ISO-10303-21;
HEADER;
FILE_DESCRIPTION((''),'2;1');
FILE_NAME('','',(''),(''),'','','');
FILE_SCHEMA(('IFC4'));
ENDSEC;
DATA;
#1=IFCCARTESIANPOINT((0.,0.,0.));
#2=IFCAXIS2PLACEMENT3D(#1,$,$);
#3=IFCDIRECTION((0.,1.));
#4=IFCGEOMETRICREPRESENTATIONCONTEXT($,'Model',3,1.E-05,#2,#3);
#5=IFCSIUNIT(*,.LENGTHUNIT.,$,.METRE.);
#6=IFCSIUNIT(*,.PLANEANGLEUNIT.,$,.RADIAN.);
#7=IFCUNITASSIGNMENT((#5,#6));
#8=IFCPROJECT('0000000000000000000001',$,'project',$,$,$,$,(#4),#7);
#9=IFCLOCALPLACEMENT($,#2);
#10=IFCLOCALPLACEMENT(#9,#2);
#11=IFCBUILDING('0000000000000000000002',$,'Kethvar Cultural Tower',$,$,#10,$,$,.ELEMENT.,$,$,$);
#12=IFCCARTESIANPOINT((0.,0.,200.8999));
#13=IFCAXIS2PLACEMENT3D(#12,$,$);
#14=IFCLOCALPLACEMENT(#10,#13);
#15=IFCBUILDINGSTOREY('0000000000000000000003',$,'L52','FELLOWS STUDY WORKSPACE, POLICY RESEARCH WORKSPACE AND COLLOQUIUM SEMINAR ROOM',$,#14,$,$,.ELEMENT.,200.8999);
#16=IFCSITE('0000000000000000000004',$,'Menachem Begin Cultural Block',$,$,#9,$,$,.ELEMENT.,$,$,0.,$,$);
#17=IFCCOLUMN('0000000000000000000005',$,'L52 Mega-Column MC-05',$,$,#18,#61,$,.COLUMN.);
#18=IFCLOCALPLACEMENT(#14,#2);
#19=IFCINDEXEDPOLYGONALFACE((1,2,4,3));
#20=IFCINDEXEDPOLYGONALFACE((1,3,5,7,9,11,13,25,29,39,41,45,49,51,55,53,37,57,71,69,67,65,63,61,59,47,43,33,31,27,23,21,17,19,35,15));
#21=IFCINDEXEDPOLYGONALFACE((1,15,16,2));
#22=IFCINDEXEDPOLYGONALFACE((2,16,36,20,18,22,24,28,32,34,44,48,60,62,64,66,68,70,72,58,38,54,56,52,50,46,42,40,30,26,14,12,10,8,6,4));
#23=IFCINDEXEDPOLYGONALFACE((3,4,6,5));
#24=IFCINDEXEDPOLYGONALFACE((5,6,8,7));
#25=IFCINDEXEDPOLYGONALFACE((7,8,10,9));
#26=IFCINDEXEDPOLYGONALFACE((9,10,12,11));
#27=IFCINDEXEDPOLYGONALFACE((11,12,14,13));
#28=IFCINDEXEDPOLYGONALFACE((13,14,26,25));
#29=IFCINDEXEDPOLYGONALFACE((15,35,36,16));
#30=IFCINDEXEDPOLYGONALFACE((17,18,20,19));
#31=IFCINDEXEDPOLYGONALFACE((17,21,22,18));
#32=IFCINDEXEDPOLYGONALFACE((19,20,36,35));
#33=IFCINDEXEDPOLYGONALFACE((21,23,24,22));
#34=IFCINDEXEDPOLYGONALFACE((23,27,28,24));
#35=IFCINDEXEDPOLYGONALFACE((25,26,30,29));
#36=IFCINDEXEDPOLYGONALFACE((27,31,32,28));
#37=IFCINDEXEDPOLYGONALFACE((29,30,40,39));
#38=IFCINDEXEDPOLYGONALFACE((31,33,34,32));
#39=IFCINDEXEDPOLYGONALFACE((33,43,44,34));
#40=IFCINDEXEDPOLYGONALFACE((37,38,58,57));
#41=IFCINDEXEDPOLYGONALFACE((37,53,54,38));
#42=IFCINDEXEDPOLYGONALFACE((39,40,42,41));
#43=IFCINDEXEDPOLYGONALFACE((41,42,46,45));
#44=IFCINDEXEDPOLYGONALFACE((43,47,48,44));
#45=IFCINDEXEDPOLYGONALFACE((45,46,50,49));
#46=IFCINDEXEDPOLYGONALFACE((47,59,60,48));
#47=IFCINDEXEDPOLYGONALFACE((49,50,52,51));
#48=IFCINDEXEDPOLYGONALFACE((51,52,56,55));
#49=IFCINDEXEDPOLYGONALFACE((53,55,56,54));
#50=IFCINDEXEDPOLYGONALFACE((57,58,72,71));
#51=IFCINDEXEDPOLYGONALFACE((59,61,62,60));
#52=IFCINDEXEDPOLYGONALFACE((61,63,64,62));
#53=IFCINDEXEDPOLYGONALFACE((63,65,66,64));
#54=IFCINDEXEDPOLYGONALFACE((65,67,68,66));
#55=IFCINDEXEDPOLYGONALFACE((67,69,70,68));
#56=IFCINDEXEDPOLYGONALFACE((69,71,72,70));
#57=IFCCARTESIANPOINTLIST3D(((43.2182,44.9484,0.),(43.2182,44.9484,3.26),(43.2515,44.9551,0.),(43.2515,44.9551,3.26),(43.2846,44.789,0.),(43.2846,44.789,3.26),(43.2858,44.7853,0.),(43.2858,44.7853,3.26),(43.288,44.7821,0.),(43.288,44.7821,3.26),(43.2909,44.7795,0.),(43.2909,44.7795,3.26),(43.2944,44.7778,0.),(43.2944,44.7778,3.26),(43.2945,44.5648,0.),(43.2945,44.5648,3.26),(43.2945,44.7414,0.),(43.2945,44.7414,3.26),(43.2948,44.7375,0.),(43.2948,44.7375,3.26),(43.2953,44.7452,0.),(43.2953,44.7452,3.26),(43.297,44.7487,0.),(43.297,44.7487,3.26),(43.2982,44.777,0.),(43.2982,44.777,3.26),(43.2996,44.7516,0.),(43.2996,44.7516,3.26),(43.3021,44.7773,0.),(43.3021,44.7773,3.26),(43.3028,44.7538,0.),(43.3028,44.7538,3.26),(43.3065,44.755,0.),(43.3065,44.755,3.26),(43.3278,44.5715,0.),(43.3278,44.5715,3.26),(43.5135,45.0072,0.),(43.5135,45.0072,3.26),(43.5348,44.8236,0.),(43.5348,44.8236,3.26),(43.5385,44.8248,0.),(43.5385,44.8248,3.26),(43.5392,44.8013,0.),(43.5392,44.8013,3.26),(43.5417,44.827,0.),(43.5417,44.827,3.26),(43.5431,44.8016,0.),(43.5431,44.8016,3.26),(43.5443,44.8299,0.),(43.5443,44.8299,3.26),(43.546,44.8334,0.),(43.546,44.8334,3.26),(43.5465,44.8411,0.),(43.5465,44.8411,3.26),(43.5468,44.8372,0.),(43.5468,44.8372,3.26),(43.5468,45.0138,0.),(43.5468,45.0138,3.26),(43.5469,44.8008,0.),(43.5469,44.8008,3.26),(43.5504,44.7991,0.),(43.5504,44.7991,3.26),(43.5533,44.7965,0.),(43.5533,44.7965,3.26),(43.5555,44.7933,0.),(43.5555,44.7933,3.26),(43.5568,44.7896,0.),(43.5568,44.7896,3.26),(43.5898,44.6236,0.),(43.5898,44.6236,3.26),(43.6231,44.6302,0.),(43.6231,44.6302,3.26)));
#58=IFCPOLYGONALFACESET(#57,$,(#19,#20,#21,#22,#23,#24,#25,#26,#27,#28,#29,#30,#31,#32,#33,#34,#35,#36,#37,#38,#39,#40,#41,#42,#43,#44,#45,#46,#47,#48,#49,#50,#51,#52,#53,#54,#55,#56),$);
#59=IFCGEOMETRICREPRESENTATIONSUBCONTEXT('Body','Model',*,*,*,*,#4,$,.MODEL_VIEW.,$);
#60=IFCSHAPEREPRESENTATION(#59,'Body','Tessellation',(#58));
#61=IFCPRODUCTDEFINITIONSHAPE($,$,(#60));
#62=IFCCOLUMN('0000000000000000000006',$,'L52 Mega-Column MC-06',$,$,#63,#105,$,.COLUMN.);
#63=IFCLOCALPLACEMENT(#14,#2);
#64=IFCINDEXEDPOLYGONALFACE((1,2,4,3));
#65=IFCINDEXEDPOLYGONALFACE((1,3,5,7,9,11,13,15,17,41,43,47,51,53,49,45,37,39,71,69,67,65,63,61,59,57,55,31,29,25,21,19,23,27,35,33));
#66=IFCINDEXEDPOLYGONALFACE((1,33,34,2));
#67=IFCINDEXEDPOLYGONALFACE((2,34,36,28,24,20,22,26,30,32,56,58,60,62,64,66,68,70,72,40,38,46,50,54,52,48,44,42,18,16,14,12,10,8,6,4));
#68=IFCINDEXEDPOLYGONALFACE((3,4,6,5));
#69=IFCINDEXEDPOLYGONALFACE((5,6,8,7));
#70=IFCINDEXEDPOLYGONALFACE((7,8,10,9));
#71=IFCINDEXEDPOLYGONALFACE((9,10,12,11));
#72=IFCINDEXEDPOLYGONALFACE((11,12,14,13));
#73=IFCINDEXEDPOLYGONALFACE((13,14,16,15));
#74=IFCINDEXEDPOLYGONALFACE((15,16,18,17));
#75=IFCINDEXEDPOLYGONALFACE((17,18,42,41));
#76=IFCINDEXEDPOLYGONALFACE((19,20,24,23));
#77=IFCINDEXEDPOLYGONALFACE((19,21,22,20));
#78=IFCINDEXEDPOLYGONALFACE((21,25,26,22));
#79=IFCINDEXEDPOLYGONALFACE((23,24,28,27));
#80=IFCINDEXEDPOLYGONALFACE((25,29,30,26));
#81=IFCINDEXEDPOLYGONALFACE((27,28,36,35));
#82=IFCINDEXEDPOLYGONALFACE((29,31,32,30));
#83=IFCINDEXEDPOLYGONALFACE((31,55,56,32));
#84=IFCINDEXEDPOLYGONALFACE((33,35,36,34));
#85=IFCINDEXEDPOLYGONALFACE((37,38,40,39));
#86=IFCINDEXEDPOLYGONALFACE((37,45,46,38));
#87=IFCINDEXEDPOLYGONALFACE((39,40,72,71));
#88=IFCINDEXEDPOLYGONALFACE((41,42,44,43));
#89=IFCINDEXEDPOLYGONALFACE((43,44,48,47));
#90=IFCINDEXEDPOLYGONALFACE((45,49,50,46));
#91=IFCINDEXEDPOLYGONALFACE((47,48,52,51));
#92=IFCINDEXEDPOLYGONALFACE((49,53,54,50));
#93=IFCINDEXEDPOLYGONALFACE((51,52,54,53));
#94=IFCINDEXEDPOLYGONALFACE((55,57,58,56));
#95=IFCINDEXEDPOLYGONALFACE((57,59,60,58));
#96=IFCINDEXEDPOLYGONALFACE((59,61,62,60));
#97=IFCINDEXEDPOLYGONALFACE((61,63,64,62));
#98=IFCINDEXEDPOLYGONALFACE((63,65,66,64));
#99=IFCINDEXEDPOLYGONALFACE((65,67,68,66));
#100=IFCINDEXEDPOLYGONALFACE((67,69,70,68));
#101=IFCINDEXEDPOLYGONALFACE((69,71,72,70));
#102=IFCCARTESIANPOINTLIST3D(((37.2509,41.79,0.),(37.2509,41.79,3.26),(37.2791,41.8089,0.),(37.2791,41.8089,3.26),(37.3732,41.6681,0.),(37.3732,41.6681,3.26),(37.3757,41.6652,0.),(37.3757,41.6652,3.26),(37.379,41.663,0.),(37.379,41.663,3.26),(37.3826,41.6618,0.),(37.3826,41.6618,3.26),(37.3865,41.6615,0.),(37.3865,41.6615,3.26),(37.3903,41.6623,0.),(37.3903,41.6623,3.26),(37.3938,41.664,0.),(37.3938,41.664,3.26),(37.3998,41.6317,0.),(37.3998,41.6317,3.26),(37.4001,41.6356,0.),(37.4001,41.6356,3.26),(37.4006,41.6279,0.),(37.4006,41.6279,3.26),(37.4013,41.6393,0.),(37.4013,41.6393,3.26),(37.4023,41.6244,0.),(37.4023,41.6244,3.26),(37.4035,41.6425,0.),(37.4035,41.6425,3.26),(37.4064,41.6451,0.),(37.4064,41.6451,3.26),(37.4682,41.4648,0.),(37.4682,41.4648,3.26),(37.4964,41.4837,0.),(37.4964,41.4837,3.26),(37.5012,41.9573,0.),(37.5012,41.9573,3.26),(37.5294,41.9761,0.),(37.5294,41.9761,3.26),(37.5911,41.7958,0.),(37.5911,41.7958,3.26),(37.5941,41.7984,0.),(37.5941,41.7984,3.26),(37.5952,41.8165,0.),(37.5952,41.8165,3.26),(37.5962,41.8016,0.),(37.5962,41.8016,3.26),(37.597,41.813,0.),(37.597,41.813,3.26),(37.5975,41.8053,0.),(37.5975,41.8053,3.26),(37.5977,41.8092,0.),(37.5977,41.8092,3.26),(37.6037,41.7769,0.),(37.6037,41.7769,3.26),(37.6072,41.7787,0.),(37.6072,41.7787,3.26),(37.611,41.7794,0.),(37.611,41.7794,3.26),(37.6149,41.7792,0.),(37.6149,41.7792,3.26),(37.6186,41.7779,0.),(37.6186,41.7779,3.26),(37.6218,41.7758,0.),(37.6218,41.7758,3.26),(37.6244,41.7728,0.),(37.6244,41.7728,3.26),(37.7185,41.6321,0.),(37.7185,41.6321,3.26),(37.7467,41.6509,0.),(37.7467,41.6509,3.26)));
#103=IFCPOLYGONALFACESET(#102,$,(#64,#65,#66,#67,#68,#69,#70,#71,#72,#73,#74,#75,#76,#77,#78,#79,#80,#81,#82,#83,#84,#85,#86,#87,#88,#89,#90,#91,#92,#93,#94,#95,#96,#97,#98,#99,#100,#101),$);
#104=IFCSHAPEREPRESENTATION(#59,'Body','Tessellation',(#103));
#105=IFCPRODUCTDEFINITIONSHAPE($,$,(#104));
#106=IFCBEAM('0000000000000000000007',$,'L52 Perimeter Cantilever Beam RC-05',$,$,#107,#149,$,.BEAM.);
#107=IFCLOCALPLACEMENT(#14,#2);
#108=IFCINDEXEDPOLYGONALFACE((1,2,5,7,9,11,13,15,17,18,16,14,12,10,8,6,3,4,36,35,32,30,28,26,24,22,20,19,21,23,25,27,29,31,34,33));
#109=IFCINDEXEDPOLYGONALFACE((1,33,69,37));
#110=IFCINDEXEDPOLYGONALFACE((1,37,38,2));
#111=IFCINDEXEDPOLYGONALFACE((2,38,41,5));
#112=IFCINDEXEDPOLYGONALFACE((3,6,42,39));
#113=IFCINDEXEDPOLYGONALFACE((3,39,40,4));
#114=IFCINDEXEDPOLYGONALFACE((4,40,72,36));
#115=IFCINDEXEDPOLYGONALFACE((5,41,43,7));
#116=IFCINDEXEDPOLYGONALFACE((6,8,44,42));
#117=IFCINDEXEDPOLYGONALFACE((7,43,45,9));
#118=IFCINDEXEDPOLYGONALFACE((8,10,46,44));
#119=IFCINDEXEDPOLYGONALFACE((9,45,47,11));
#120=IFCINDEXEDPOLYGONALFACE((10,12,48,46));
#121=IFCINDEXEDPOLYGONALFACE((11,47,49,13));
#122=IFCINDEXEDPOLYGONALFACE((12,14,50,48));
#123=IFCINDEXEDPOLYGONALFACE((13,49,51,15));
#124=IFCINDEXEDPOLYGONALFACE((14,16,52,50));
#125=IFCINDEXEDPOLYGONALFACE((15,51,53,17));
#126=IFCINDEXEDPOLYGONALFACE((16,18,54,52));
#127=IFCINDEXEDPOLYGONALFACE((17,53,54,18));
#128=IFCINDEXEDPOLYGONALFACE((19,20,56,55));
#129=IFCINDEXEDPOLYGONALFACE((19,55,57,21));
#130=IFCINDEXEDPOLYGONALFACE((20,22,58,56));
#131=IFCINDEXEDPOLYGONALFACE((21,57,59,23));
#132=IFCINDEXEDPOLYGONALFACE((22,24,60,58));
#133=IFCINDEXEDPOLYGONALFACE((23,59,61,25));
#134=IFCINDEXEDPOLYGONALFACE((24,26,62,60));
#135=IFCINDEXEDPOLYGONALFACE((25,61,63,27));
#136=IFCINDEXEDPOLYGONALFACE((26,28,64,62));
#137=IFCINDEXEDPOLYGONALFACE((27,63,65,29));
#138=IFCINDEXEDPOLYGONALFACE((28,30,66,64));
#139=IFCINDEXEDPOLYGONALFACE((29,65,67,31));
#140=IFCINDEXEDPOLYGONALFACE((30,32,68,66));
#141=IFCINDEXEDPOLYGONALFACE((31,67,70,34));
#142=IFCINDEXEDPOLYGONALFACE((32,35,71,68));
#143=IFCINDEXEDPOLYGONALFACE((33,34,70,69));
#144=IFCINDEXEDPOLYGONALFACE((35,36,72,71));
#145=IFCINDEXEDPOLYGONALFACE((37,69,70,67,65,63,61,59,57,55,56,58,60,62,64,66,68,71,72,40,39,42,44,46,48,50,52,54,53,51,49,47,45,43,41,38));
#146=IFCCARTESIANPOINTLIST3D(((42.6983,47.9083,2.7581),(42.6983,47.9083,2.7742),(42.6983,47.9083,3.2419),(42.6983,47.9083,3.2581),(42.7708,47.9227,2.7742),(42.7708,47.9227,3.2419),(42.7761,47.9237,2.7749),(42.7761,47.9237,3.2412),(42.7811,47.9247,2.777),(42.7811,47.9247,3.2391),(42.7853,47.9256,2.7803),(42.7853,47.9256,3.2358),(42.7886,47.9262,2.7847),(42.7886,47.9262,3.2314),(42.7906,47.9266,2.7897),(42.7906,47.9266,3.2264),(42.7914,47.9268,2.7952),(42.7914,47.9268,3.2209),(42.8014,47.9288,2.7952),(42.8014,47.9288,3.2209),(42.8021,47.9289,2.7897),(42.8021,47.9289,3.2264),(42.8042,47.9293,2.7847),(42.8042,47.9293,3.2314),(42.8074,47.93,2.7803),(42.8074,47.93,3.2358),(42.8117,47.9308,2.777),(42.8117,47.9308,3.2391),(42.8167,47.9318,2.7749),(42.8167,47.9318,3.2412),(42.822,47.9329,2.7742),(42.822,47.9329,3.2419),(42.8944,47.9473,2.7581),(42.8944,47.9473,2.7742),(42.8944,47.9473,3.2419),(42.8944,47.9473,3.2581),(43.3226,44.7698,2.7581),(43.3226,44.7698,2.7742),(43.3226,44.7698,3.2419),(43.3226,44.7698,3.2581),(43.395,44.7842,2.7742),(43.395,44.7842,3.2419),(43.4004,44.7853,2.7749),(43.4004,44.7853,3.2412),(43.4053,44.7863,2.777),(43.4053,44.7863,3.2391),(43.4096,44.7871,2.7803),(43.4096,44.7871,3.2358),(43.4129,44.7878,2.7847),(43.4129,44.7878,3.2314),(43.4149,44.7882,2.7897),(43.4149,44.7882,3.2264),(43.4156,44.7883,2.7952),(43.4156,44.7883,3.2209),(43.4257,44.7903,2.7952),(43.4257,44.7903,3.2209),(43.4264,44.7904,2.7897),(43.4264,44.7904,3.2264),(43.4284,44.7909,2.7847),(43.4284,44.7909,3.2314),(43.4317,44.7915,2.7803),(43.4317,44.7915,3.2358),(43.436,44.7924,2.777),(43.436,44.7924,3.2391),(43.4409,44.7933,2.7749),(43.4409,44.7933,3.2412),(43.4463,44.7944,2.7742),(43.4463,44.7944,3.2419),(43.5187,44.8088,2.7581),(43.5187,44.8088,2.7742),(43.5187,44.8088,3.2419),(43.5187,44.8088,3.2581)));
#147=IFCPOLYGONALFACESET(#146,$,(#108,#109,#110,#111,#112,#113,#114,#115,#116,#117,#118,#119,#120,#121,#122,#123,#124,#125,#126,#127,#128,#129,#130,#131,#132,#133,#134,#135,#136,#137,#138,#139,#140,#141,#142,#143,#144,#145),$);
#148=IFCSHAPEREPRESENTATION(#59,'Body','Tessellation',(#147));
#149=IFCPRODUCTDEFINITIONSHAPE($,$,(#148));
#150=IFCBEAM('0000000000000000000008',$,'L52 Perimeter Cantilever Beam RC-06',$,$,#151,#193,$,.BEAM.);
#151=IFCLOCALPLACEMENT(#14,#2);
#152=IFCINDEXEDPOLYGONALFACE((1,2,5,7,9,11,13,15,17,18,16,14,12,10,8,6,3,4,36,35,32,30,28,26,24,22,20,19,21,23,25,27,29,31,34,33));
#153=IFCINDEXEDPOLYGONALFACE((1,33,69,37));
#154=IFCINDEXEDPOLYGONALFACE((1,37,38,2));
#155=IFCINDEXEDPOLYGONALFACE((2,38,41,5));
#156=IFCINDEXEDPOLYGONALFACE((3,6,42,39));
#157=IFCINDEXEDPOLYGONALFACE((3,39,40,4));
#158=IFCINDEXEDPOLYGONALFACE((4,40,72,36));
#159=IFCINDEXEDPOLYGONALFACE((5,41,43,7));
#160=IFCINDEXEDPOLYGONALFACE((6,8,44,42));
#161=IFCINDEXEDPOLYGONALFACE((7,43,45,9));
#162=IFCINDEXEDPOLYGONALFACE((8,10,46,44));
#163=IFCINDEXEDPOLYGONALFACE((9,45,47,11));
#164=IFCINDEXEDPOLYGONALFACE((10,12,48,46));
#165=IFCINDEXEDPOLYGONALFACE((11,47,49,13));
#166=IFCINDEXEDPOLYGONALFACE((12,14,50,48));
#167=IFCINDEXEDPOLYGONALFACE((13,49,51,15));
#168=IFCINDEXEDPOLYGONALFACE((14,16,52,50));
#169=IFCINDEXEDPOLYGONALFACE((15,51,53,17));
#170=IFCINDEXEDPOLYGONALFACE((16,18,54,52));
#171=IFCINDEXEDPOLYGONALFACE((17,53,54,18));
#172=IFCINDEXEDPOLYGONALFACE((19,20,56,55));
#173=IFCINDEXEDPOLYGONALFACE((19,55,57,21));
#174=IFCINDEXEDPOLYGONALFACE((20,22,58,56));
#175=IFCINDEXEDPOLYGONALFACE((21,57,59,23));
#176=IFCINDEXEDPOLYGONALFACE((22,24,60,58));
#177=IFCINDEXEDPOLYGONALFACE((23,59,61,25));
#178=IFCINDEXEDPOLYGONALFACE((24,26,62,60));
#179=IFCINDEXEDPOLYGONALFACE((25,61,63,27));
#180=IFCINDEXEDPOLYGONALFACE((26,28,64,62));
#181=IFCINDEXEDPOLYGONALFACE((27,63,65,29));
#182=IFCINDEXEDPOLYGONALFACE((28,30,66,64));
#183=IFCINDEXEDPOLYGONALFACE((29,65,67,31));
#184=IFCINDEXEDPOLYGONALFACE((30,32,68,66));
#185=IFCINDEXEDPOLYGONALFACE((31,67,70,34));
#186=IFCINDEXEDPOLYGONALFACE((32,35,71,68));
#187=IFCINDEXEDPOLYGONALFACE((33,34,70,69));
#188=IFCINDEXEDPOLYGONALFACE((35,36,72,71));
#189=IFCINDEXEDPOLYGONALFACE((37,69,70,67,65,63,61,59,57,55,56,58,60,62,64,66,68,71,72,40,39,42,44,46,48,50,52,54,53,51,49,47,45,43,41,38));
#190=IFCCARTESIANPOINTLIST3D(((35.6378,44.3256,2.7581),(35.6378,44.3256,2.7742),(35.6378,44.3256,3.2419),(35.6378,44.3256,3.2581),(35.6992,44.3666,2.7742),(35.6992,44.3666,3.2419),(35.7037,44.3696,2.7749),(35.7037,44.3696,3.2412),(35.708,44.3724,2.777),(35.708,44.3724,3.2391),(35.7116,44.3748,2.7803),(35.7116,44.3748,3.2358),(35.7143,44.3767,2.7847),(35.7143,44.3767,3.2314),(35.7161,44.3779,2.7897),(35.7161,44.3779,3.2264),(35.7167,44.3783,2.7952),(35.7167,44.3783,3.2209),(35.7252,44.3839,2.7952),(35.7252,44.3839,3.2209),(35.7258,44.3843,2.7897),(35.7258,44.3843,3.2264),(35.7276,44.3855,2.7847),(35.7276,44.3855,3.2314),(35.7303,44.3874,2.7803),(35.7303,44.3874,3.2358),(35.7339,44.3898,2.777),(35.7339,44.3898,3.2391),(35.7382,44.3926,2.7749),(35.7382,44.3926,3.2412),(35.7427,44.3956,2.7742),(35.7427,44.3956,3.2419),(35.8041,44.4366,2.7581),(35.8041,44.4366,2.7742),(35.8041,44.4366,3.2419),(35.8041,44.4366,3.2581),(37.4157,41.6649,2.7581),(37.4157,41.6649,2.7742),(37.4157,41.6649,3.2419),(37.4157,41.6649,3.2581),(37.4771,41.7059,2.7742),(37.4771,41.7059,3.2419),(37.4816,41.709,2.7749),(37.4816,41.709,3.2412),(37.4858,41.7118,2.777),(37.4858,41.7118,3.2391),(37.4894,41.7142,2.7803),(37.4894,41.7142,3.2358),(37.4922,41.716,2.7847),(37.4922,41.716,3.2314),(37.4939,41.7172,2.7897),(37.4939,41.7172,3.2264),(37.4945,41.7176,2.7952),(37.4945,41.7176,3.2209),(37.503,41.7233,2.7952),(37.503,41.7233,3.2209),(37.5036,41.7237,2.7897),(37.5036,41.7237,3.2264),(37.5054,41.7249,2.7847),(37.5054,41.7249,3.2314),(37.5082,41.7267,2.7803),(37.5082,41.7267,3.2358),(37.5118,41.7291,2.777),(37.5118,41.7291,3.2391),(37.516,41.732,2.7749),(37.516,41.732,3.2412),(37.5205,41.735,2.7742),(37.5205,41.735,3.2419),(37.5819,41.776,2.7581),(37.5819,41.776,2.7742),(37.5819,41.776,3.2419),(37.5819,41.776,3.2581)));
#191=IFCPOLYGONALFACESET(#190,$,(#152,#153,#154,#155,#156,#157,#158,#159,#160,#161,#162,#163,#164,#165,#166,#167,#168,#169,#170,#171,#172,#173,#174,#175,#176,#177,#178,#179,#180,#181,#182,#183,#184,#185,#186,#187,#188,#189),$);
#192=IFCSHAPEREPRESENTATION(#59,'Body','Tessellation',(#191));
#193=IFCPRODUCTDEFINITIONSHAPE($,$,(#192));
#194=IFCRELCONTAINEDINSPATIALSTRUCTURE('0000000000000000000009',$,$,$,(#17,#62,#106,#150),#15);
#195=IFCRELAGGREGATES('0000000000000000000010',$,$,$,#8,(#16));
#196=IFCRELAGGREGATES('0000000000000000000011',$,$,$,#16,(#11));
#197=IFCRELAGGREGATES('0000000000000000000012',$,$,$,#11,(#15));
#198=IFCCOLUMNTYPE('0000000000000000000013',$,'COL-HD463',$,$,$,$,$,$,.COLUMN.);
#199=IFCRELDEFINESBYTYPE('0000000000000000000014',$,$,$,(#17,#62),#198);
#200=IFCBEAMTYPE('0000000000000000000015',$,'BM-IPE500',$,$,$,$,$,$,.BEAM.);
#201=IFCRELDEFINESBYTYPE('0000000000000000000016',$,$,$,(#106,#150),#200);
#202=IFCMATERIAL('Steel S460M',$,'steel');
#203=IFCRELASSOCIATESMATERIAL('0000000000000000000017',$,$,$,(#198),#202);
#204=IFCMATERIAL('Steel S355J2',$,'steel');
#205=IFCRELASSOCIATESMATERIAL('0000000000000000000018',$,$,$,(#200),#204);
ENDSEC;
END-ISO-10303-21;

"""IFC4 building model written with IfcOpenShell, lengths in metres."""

from ifc_helpers import new_model, si_unit, direction, frame, origin, origin_2d, place, context, subcontext, project, spatial, i_section, extrude, source, transform, mapped, material, material_profile, profile_set, type_object, element, save


model = new_model("IFC4")

# Units and contexts
model_context = context("Model", 3, precision=1e-05, world=origin(), true_north=direction((0.0, 1.0)))
body_context = subcontext(model_context, "Body", "Model", "MODEL_VIEW")
ifc_project = project(units=[si_unit("LENGTHUNIT", "METRE"), si_unit("PLANEANGLEUNIT", "RADIAN")], contexts=[model_context])

# Site, building, storey
site_placement = place(None, origin())
site = spatial("IfcSite", under=ifc_project, at=site_placement, Name="Menachem Begin Cultural Block", CompositionType="ELEMENT", RefElevation=0.0)
building_placement = place(site_placement, origin())
building = spatial("IfcBuilding", under=site, at=building_placement, Name="Kethvar Cultural Tower", CompositionType="ELEMENT")
storey_placement = place(building_placement, frame((0.0, 0.0, 200.8999)))
storey = spatial("IfcBuildingStorey", under=building, at=storey_placement, Name="L52", Description="FELLOWS STUDY WORKSPACE, POLICY RESEARCH WORKSPACE AND COLLOQUIUM SEMINAR ROOM", CompositionType="ELEMENT", Elevation=200.8999)

# Columns
ifc_material_1 = material(Name="Steel S460M", Category="steel")
ifc_material_profile_1 = material_profile(ifc_material_1, i_section(OverallWidth=0.3911, OverallDepth=0.335, WebThickness=0.0227, FlangeThickness=0.0339, FilletRadius=0.0149, at=origin_2d()), Name="Steel S460M — HD400x463")
ifc_profile_set_1 = profile_set([ifc_material_profile_1], Name="Steel S460M — HD400x463")
column_type = type_object("IfcColumnType", Name="COL-HD463", PredefinedType="COLUMN", material=ifc_profile_set_1)
shared_shape_1 = source(origin(), body_context, "Body", "SweptSolid", [
    extrude(i_section(OverallWidth=0.3911, OverallDepth=0.335, WebThickness=0.0227, FlangeThickness=0.0339, FilletRadius=0.0149, at=origin_2d()), origin(), (0.0, 0.0, 1.0), 3.26),
])
for number, where, z_axis, x_axis, name in (
    (1, (43.4207, 44.7893, 0.0), (0.0, 0.0, 1.0), (-0.19509, 0.980785, 0.0), "L52 Mega-Column MC-05"),
    (2, (37.4988, 41.7205, 0.0), (0.0, 0.0, 1.0), (-0.55557, 0.83147, 0.0), "L52 Mega-Column MC-06"),
):
    element("IfcColumn", number, at=place(storey_placement, frame(where, z_axis=z_axis, x_axis=x_axis)), inside=storey, type_object=column_type, Name=name, PredefinedType="COLUMN", context=body_context, shape_type="MappedRepresentation", body=[
        mapped(shared_shape_1, transform((0.0, 0.0, 0.0), scale=1.0)),
    ])

# Beams
ifc_material_2 = material(Name="Steel S355J2", Category="steel")
ifc_material_profile_2 = material_profile(ifc_material_2, i_section(OverallWidth=0.2, OverallDepth=0.5, WebThickness=0.0103, FlangeThickness=0.0161, FilletRadius=0.021, at=origin_2d()), Name="Steel S355J2 — IPE500")
ifc_profile_set_2 = profile_set([ifc_material_profile_2], Name="Steel S355J2 — IPE500")
beam_type_1 = type_object("IfcBeamType", Name="BM-IPE500", PredefinedType="BEAM", material=ifc_profile_set_2)
shared_shape_2 = source(origin(), body_context, "Body", "SweptSolid", [
    extrude(i_section(OverallWidth=0.2, OverallDepth=0.5, WebThickness=0.0103, FlangeThickness=0.0161, FilletRadius=0.021, at=origin_2d()), origin(), (0.0, 0.0, 1.0), 3.2),
])
for number, where, z_axis, x_axis, name in (
    (3, (43.4207, 44.7893, 3.0081), (-0.195089, 0.980786, 0.0), (-0.980786, -0.195089, 0.0), "L52 Perimeter Cantilever Beam RC-05"),
    (4, (37.4988, 41.7205, 3.0081), (-0.55558, 0.831463, 0.0), (-0.831463, -0.55558, 0.0), "L52 Perimeter Cantilever Beam RC-06"),
):
    element("IfcBeam", number, at=place(storey_placement, frame(where, z_axis=z_axis, x_axis=x_axis)), inside=storey, type_object=beam_type_1, Name=name, PredefinedType="BEAM", context=body_context, shape_type="MappedRepresentation", body=[
        mapped(shared_shape_2, transform((0.0, 0.0, 0.0), scale=1.0)),
    ])

save(model, "model.ifc")
